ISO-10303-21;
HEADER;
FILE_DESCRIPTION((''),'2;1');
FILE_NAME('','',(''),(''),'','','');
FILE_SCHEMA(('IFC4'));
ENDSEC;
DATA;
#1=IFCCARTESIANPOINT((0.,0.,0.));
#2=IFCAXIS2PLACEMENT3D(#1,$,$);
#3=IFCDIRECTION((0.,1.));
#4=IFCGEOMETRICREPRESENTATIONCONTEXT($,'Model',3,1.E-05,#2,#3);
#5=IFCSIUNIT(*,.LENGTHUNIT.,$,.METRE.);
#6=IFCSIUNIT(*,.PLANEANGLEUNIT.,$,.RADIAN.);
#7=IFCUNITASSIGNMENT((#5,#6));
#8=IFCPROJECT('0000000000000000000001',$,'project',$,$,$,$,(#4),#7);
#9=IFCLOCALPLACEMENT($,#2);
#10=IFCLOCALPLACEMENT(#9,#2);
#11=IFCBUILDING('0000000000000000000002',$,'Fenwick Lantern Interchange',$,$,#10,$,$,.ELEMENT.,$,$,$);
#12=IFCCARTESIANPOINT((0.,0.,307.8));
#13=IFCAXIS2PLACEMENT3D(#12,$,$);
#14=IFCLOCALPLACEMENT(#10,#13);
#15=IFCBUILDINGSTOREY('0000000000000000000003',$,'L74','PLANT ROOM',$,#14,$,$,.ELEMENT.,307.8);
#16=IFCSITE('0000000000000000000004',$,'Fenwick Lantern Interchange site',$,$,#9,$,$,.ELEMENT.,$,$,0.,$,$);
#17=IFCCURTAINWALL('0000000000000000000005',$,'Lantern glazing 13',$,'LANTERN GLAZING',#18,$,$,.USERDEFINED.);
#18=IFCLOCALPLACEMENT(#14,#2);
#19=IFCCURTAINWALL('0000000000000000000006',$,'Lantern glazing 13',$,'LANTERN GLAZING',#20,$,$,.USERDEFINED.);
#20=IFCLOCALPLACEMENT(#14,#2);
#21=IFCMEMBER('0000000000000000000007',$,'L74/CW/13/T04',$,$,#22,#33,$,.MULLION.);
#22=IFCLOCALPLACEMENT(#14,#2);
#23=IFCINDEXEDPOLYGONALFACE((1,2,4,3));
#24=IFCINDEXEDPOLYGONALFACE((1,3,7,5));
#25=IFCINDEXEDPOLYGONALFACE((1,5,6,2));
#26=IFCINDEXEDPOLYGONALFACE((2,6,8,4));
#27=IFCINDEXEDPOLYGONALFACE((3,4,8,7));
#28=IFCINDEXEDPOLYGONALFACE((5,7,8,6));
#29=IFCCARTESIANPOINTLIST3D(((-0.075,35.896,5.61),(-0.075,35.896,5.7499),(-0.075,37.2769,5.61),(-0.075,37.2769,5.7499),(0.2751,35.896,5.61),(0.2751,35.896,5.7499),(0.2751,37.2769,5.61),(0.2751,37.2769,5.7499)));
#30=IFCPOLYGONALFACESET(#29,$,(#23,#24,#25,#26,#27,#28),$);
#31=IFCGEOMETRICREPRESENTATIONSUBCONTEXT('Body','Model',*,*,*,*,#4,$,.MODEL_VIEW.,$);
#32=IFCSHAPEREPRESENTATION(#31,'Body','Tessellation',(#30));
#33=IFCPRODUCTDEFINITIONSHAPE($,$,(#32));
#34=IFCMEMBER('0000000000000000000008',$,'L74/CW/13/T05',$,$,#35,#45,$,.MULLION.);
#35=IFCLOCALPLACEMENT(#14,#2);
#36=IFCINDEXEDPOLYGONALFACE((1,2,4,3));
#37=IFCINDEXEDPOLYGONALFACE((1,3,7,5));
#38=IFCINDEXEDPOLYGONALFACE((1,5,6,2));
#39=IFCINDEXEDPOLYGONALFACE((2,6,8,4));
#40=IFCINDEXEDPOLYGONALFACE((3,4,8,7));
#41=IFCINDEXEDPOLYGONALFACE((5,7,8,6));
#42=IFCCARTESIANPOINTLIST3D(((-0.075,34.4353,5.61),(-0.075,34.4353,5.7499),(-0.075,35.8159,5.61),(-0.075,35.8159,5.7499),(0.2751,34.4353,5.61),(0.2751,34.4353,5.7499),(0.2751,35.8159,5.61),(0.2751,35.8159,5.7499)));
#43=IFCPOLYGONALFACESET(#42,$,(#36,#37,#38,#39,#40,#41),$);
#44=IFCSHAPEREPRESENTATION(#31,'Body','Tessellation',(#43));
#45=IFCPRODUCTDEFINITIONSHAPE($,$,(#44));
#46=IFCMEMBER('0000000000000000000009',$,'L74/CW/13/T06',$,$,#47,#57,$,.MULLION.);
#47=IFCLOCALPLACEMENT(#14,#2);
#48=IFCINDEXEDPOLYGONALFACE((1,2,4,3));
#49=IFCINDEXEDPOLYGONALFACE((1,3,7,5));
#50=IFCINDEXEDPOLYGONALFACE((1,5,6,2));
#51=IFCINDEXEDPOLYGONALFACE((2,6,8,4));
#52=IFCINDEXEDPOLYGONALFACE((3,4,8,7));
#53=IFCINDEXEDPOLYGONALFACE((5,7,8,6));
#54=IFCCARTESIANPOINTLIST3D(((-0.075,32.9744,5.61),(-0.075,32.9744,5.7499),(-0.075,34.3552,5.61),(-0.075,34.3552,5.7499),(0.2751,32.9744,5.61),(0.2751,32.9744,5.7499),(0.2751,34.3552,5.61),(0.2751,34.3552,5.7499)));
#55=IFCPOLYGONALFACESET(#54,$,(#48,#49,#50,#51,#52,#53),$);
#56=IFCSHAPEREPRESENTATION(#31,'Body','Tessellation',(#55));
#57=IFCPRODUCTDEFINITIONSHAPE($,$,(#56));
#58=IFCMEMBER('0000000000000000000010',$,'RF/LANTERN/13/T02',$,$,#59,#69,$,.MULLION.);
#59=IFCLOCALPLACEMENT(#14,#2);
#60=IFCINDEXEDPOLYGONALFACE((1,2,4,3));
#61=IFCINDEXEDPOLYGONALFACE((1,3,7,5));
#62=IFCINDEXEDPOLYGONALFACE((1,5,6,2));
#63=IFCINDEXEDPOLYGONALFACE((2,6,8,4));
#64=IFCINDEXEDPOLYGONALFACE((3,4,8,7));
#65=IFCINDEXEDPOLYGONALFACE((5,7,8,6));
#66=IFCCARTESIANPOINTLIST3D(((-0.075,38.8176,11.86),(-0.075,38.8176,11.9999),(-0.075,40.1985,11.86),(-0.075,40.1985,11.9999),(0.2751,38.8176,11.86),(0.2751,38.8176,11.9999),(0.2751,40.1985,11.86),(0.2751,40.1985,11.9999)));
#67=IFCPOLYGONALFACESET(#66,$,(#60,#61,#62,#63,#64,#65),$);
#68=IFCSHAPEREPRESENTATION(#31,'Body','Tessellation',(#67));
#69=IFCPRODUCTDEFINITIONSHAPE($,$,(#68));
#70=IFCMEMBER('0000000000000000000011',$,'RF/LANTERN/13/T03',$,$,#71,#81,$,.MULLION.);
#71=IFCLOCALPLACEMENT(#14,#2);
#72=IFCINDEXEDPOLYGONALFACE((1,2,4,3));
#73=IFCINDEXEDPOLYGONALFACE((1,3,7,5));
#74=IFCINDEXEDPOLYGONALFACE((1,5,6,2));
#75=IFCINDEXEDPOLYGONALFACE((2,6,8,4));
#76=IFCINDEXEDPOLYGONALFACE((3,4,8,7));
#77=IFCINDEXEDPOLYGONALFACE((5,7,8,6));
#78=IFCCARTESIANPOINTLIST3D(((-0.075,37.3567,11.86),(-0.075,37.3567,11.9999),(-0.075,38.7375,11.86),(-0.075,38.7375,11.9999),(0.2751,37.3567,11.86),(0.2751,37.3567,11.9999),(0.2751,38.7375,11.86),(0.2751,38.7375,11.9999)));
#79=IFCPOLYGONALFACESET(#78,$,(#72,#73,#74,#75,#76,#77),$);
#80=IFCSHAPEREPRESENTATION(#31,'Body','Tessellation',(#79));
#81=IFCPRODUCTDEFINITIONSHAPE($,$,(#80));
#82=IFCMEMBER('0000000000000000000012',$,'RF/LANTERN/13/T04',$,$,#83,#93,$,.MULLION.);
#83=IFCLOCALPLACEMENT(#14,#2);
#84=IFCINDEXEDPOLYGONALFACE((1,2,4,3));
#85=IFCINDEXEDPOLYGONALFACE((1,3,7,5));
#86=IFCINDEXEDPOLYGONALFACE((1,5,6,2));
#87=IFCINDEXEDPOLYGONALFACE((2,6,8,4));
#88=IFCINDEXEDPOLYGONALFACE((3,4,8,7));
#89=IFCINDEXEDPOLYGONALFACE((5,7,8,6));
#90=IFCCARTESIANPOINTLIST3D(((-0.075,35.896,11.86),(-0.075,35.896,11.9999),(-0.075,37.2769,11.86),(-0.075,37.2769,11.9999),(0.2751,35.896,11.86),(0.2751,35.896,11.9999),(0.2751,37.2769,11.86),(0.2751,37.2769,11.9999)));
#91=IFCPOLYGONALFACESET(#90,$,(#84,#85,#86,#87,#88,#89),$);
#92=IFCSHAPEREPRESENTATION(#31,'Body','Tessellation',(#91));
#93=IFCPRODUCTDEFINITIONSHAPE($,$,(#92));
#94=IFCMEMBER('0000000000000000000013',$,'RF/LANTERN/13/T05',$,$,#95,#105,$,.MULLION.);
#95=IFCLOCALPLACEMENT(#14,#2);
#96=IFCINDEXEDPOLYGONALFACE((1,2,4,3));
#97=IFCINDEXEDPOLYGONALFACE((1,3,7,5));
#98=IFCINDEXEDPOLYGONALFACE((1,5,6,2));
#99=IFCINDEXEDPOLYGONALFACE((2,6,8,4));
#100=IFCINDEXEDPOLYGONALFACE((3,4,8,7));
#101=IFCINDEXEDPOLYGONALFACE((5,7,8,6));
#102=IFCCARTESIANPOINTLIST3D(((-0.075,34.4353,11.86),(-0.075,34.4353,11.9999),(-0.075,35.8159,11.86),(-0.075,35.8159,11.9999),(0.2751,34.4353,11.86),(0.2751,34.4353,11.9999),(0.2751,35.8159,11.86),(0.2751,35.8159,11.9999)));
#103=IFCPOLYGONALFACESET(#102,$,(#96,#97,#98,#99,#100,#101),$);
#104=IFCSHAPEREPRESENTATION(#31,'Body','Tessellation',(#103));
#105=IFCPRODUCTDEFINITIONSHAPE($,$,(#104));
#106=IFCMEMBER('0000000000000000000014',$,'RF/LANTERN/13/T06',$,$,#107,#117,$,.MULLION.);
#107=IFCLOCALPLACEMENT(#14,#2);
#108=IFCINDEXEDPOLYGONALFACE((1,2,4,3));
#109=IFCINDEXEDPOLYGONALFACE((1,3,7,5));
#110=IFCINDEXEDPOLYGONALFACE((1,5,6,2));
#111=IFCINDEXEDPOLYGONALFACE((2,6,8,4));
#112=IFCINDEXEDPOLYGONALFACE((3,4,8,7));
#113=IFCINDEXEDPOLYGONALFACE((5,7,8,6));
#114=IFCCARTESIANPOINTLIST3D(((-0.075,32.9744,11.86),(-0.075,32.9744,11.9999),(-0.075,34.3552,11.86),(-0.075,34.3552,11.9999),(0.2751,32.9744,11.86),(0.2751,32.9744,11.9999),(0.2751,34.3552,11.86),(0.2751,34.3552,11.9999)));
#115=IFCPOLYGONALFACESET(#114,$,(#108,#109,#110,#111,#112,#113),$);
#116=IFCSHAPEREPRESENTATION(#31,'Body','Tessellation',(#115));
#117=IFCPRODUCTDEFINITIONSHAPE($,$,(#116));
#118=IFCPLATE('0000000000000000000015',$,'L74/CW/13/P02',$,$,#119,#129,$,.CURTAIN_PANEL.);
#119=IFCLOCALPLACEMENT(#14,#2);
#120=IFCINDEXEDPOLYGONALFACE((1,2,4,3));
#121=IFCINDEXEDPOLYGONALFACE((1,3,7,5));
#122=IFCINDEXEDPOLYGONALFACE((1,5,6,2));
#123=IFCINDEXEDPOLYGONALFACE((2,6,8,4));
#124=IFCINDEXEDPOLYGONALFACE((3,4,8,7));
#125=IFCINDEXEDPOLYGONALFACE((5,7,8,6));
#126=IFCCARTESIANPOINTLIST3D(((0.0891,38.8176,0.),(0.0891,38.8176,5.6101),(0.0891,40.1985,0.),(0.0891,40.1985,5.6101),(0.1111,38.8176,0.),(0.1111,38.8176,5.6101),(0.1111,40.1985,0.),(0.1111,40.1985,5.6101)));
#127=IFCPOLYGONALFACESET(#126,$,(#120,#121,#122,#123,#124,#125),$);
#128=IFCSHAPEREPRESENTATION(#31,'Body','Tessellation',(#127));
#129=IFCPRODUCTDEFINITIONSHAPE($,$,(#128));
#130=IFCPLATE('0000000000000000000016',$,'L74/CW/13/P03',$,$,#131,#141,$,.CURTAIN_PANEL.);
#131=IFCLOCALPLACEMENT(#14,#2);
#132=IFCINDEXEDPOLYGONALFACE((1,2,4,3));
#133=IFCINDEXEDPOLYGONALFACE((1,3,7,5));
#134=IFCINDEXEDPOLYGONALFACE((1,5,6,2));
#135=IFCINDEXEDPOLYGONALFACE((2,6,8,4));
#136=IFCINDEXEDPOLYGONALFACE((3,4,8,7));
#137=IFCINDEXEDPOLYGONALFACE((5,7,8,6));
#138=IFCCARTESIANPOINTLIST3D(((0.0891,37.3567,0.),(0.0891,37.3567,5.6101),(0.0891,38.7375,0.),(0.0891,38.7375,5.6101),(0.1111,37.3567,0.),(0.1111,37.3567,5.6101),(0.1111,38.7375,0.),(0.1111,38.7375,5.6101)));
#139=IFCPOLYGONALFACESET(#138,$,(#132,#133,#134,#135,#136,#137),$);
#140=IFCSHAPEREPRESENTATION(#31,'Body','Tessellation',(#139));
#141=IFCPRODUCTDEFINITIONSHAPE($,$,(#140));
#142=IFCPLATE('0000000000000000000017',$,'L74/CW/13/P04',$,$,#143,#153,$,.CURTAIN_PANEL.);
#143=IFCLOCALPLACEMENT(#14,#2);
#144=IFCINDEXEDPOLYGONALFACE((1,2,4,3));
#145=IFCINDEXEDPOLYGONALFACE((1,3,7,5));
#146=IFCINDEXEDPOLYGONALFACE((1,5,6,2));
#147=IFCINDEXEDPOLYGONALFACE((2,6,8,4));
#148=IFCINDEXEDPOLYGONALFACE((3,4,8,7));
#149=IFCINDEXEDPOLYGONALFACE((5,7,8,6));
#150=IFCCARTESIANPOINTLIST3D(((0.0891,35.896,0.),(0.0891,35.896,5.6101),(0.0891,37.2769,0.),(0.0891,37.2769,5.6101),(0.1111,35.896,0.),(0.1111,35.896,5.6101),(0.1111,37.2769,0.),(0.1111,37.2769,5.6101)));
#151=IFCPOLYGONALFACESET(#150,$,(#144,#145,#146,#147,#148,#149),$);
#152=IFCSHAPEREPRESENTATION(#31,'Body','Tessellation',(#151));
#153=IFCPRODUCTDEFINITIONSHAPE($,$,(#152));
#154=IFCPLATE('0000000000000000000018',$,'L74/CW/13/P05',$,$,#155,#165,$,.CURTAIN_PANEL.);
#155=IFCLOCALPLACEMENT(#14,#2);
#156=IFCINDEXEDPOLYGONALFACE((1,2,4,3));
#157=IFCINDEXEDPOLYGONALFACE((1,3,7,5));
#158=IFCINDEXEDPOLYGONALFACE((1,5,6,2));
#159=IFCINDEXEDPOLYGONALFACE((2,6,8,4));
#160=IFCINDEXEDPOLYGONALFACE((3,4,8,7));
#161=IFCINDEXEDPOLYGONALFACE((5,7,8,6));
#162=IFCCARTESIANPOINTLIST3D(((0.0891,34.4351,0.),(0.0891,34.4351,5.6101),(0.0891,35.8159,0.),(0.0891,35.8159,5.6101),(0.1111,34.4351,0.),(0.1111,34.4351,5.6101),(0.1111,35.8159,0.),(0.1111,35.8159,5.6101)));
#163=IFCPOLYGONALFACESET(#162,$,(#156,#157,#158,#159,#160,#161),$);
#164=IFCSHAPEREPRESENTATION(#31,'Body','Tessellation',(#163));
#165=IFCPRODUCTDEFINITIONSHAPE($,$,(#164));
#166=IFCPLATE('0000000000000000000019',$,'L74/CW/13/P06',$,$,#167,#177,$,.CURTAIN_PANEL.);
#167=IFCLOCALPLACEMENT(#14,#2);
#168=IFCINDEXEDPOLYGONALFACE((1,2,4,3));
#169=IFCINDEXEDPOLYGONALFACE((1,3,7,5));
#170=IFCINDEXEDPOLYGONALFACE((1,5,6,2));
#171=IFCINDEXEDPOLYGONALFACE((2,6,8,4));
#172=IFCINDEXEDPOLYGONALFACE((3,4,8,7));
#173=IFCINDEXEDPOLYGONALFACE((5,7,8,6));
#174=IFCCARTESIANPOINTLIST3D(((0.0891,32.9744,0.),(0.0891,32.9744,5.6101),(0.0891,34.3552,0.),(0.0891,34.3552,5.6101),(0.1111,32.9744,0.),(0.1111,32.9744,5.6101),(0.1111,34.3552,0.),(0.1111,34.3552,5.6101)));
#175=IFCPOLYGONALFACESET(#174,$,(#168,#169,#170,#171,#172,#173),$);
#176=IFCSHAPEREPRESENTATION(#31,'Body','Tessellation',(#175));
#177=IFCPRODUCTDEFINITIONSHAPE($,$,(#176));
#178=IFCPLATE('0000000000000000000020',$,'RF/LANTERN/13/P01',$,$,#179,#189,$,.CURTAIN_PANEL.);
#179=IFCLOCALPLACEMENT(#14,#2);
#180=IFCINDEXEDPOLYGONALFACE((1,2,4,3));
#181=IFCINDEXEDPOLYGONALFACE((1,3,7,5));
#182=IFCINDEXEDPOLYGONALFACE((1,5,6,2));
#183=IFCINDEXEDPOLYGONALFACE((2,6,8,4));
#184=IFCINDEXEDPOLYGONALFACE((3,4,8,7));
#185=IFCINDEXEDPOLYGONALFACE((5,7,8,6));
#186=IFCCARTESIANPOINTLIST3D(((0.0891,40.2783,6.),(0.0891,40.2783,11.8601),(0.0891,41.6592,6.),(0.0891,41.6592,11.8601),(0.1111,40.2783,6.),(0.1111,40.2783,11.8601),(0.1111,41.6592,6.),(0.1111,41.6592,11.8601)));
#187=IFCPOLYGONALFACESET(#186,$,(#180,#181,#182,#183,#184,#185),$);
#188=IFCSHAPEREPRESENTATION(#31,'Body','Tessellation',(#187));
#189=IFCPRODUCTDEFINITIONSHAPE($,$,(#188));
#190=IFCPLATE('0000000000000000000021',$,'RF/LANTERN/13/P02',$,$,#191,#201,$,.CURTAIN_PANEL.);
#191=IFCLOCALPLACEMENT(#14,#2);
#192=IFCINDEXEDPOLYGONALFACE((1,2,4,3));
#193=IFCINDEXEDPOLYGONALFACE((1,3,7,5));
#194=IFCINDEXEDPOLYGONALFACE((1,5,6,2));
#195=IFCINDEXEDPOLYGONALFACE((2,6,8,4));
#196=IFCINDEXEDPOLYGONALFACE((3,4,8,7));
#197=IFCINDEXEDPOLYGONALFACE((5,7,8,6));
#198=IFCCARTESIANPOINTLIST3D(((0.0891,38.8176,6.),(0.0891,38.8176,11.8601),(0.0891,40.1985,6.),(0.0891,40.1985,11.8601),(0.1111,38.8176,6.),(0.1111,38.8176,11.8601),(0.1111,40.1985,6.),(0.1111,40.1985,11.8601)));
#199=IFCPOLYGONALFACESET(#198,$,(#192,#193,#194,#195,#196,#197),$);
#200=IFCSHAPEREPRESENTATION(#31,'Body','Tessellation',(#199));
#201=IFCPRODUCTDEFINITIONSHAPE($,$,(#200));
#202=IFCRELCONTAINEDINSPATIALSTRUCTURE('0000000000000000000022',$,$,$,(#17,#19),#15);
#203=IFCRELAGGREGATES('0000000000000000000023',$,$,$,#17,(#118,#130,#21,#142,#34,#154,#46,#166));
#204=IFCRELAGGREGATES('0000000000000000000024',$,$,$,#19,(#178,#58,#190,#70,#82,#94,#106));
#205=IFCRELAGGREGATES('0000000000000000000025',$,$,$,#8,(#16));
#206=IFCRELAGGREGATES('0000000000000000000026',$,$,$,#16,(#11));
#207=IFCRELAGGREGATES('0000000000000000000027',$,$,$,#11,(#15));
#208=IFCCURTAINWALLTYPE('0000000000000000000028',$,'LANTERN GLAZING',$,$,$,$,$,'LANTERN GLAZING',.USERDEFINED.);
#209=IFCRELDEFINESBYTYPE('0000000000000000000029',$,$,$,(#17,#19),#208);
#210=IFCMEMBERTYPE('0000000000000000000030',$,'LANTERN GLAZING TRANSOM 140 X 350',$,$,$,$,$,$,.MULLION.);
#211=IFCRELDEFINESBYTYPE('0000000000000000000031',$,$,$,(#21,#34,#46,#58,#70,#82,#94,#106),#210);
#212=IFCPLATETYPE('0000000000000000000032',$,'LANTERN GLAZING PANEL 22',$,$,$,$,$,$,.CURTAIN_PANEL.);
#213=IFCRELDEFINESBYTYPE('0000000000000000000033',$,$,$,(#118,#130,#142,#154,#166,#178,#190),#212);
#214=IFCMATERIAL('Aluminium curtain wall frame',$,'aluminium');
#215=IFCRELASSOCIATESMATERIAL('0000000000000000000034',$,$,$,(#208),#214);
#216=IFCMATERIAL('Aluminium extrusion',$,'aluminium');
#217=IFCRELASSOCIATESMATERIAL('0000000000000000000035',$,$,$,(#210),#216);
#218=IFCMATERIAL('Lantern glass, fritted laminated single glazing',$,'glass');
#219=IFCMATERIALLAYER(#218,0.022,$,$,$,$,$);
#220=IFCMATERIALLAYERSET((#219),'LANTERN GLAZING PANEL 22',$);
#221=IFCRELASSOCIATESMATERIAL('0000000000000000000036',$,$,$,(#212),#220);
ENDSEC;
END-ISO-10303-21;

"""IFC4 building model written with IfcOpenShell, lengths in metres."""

from ifc_helpers import new_model, si_unit, direction, frame, origin, origin_2d, place, context, subcontext, project, spatial, rectangle, extrude, material, layer, layer_set, material_profile, profile_set, type_object, element, aggregate, save


model = new_model("IFC4")

# Units and contexts
model_context = context("Model", 3, precision=1e-05, world=origin(), true_north=direction((0.0, 1.0)))
body_context = subcontext(model_context, "Body", "Model", "MODEL_VIEW")
ifc_project = project(units=[si_unit("LENGTHUNIT", "METRE"), si_unit("PLANEANGLEUNIT", "RADIAN")], contexts=[model_context])

# Site, building, storey
site_placement = place(None, origin())
site = spatial("IfcSite", under=ifc_project, at=site_placement, Name="Fenwick Lantern Interchange site", CompositionType="ELEMENT", RefElevation=0.0)
building_placement = place(site_placement, origin())
building = spatial("IfcBuilding", under=site, at=building_placement, Name="Fenwick Lantern Interchange", CompositionType="ELEMENT")
storey_placement = place(building_placement, frame((0.0, 0.0, 307.8)))
storey = spatial("IfcBuildingStorey", under=building, at=storey_placement, Name="L74", Description="PLANT ROOM", CompositionType="ELEMENT", Elevation=307.8)

# Curtain walls
ifc_material_1 = material(Name="Aluminium curtain wall frame", Category="aluminium")
curtain_wall_type = type_object("IfcCurtainWallType", Name="LANTERN GLAZING", ElementType="LANTERN GLAZING", PredefinedType="USERDEFINED", material=ifc_material_1)
curtain_wall_1_placement = place(storey_placement, origin())
curtain_wall_1 = element("IfcCurtainWall", 1, at=curtain_wall_1_placement, inside=storey, type_object=curtain_wall_type, Name="Lantern glazing 13", ObjectType="LANTERN GLAZING", PredefinedType="USERDEFINED")
ifc_material_2 = material(Name="Aluminium extrusion", Category="aluminium")
curtain_wall_2_placement = place(storey_placement, origin())
curtain_wall_2 = element("IfcCurtainWall", 2, at=curtain_wall_2_placement, inside=storey, type_object=curtain_wall_type, Name="Lantern glazing 13", ObjectType="LANTERN GLAZING", PredefinedType="USERDEFINED")

# Members
ifc_material_profile_1 = material_profile(ifc_material_2, rectangle(XDim=0.3501, YDim=0.1399, at=origin_2d()), Name="LANTERN GLAZING TRANSOM 140 X 350")
ifc_profile_set_1 = profile_set([ifc_material_profile_1], Name="Aluminium extrusion")
member_type_1 = type_object("IfcMemberType", Name="LANTERN GLAZING TRANSOM 140 X 350", PredefinedType="MULLION", material=ifc_profile_set_1)
member_1_placement = place(storey_placement, frame((0.1001, 37.2769, 5.6799), z_axis=(0.0, -1.0, 0.0), x_axis=(1.0, 0.0, 0.0)))
member_1 = element("IfcMember", 3, at=member_1_placement, type_object=member_type_1, Name="L74/CW/13/T04", PredefinedType="MULLION", context=body_context, shape_type="SweptSolid", body=[
    extrude(rectangle(XDim=0.3501, YDim=0.1399, at=origin_2d()), origin(), (0.0, 0.0, 1.0), 1.3809),
])
member_2_placement = place(storey_placement, frame((0.1001, 35.8159, 5.6799), z_axis=(0.0, -1.0, 0.0), x_axis=(1.0, 0.0, 0.0)))
member_2 = element("IfcMember", 4, at=member_2_placement, type_object=member_type_1, Name="L74/CW/13/T05", PredefinedType="MULLION", context=body_context, shape_type="SweptSolid", body=[
    extrude(rectangle(XDim=0.3501, YDim=0.1399, at=origin_2d()), origin(), (0.0, 0.0, 1.0), 1.3806),
])
member_3_placement = place(storey_placement, frame((0.1001, 34.3552, 5.6799), z_axis=(0.0, -1.0, 0.0), x_axis=(1.0, 0.0, 0.0)))
member_3 = element("IfcMember", 5, at=member_3_placement, type_object=member_type_1, Name="L74/CW/13/T06", PredefinedType="MULLION", context=body_context, shape_type="SweptSolid", body=[
    extrude(rectangle(XDim=0.3501, YDim=0.1399, at=origin_2d()), origin(), (0.0, 0.0, 1.0), 1.3809),
])
member_4_placement = place(storey_placement, frame((0.1001, 40.1985, 11.9299), z_axis=(0.0, -1.0, 0.0), x_axis=(1.0, 0.0, 0.0)))
member_4 = element("IfcMember", 6, at=member_4_placement, type_object=member_type_1, Name="RF/LANTERN/13/T02", PredefinedType="MULLION", context=body_context, shape_type="SweptSolid", body=[
    extrude(rectangle(XDim=0.3501, YDim=0.1399, at=origin_2d()), origin(), (0.0, 0.0, 1.0), 1.3809),
])
member_5_placement = place(storey_placement, frame((0.1001, 38.7375, 11.9299), z_axis=(0.0, -1.0, 0.0), x_axis=(1.0, 0.0, 0.0)))
member_5 = element("IfcMember", 7, at=member_5_placement, type_object=member_type_1, Name="RF/LANTERN/13/T03", PredefinedType="MULLION", context=body_context, shape_type="SweptSolid", body=[
    extrude(rectangle(XDim=0.3501, YDim=0.1399, at=origin_2d()), origin(), (0.0, 0.0, 1.0), 1.3809),
])
member_6_placement = place(storey_placement, frame((0.1001, 37.2769, 11.9299), z_axis=(0.0, -1.0, 0.0), x_axis=(1.0, 0.0, 0.0)))
member_6 = element("IfcMember", 8, at=member_6_placement, type_object=member_type_1, Name="RF/LANTERN/13/T04", PredefinedType="MULLION", context=body_context, shape_type="SweptSolid", body=[
    extrude(rectangle(XDim=0.3501, YDim=0.1399, at=origin_2d()), origin(), (0.0, 0.0, 1.0), 1.3809),
])
member_7_placement = place(storey_placement, frame((0.1001, 35.8159, 11.9299), z_axis=(0.0, -1.0, 0.0), x_axis=(1.0, 0.0, 0.0)))
member_7 = element("IfcMember", 9, at=member_7_placement, type_object=member_type_1, Name="RF/LANTERN/13/T05", PredefinedType="MULLION", context=body_context, shape_type="SweptSolid", body=[
    extrude(rectangle(XDim=0.3501, YDim=0.1399, at=origin_2d()), origin(), (0.0, 0.0, 1.0), 1.3806),
])
member_8_placement = place(storey_placement, frame((0.1001, 34.3552, 11.9299), z_axis=(0.0, -1.0, 0.0), x_axis=(1.0, 0.0, 0.0)))
member_8 = element("IfcMember", 10, at=member_8_placement, type_object=member_type_1, Name="RF/LANTERN/13/T06", PredefinedType="MULLION", context=body_context, shape_type="SweptSolid", body=[
    extrude(rectangle(XDim=0.3501, YDim=0.1399, at=origin_2d()), origin(), (0.0, 0.0, 1.0), 1.3809),
])

# Plates
ifc_material_3 = material(Name="Lantern glass, fritted laminated single glazing", Category="glass")
ifc_layer_1 = layer(ifc_material_3, 0.022)
ifc_layer_set_1 = layer_set([ifc_layer_1], Name="LANTERN GLAZING PANEL 22")
plate_type = type_object("IfcPlateType", Name="LANTERN GLAZING PANEL 22", PredefinedType="CURTAIN_PANEL", material=ifc_layer_set_1)
plate_1_placement = place(storey_placement, frame((0.1001, 39.5081, 0.0), z_axis=(0.0, 0.0, 1.0), x_axis=(0.0, -1.0, 0.0)))
plate_1 = element("IfcPlate", 11, at=plate_1_placement, type_object=plate_type, Name="L74/CW/13/P02", PredefinedType="CURTAIN_PANEL", context=body_context, shape_type="SweptSolid", body=[
    extrude(rectangle(XDim=1.3809, YDim=0.022, at=origin_2d()), origin(), (0.0, 0.0, 1.0), 5.6101),
])
plate_2_placement = place(storey_placement, frame((0.1001, 38.0471, 0.0), z_axis=(0.0, 0.0, 1.0), x_axis=(0.0, -1.0, 0.0)))
plate_2 = element("IfcPlate", 12, at=plate_2_placement, type_object=plate_type, Name="L74/CW/13/P03", PredefinedType="CURTAIN_PANEL", context=body_context, shape_type="SweptSolid", body=[
    extrude(rectangle(XDim=1.3809, YDim=0.022, at=origin_2d()), origin(), (0.0, 0.0, 1.0), 5.6101),
])
plate_3_placement = place(storey_placement, frame((0.1001, 36.5864, 0.0), z_axis=(0.0, 0.0, 1.0), x_axis=(0.0, -1.0, 0.0)))
plate_3 = element("IfcPlate", 13, at=plate_3_placement, type_object=plate_type, Name="L74/CW/13/P04", PredefinedType="CURTAIN_PANEL", context=body_context, shape_type="SweptSolid", body=[
    extrude(rectangle(XDim=1.3809, YDim=0.022, at=origin_2d()), origin(), (0.0, 0.0, 1.0), 5.6101),
])
plate_4_placement = place(storey_placement, frame((0.1001, 35.1255, 0.0), z_axis=(0.0, 0.0, 1.0), x_axis=(0.0, -1.0, 0.0)))
plate_4 = element("IfcPlate", 14, at=plate_4_placement, type_object=plate_type, Name="L74/CW/13/P05", PredefinedType="CURTAIN_PANEL", context=body_context, shape_type="SweptSolid", body=[
    extrude(rectangle(XDim=1.3809, YDim=0.022, at=origin_2d()), origin(), (0.0, 0.0, 1.0), 5.6101),
])
plate_5_placement = place(storey_placement, frame((0.1001, 33.6648, 0.0), z_axis=(0.0, 0.0, 1.0), x_axis=(0.0, -1.0, 0.0)))
plate_5 = element("IfcPlate", 15, at=plate_5_placement, type_object=plate_type, Name="L74/CW/13/P06", PredefinedType="CURTAIN_PANEL", context=body_context, shape_type="SweptSolid", body=[
    extrude(rectangle(XDim=1.3809, YDim=0.022, at=origin_2d()), origin(), (0.0, 0.0, 1.0), 5.6101),
])
aggregate(curtain_wall_1, [plate_1, plate_2, member_1, plate_3, member_2, plate_4, member_3, plate_5])
plate_6_placement = place(storey_placement, frame((0.1001, 40.9688, 6.0), z_axis=(0.0, 0.0, 1.0), x_axis=(0.0, -1.0, 0.0)))
plate_6 = element("IfcPlate", 16, at=plate_6_placement, type_object=plate_type, Name="RF/LANTERN/13/P01", PredefinedType="CURTAIN_PANEL", context=body_context, shape_type="SweptSolid", body=[
    extrude(rectangle(XDim=1.3809, YDim=0.022, at=origin_2d()), origin(), (0.0, 0.0, 1.0), 5.8601),
])
plate_7_placement = place(storey_placement, frame((0.1001, 39.5081, 6.0), z_axis=(0.0, 0.0, 1.0), x_axis=(0.0, -1.0, 0.0)))
plate_7 = element("IfcPlate", 17, at=plate_7_placement, type_object=plate_type, Name="RF/LANTERN/13/P02", PredefinedType="CURTAIN_PANEL", context=body_context, shape_type="SweptSolid", body=[
    extrude(rectangle(XDim=1.3809, YDim=0.022, at=origin_2d()), origin(), (0.0, 0.0, 1.0), 5.8601),
])
aggregate(curtain_wall_2, [plate_6, member_4, plate_7, member_5, member_6, member_7, member_8])

save(model, "model.ifc")
